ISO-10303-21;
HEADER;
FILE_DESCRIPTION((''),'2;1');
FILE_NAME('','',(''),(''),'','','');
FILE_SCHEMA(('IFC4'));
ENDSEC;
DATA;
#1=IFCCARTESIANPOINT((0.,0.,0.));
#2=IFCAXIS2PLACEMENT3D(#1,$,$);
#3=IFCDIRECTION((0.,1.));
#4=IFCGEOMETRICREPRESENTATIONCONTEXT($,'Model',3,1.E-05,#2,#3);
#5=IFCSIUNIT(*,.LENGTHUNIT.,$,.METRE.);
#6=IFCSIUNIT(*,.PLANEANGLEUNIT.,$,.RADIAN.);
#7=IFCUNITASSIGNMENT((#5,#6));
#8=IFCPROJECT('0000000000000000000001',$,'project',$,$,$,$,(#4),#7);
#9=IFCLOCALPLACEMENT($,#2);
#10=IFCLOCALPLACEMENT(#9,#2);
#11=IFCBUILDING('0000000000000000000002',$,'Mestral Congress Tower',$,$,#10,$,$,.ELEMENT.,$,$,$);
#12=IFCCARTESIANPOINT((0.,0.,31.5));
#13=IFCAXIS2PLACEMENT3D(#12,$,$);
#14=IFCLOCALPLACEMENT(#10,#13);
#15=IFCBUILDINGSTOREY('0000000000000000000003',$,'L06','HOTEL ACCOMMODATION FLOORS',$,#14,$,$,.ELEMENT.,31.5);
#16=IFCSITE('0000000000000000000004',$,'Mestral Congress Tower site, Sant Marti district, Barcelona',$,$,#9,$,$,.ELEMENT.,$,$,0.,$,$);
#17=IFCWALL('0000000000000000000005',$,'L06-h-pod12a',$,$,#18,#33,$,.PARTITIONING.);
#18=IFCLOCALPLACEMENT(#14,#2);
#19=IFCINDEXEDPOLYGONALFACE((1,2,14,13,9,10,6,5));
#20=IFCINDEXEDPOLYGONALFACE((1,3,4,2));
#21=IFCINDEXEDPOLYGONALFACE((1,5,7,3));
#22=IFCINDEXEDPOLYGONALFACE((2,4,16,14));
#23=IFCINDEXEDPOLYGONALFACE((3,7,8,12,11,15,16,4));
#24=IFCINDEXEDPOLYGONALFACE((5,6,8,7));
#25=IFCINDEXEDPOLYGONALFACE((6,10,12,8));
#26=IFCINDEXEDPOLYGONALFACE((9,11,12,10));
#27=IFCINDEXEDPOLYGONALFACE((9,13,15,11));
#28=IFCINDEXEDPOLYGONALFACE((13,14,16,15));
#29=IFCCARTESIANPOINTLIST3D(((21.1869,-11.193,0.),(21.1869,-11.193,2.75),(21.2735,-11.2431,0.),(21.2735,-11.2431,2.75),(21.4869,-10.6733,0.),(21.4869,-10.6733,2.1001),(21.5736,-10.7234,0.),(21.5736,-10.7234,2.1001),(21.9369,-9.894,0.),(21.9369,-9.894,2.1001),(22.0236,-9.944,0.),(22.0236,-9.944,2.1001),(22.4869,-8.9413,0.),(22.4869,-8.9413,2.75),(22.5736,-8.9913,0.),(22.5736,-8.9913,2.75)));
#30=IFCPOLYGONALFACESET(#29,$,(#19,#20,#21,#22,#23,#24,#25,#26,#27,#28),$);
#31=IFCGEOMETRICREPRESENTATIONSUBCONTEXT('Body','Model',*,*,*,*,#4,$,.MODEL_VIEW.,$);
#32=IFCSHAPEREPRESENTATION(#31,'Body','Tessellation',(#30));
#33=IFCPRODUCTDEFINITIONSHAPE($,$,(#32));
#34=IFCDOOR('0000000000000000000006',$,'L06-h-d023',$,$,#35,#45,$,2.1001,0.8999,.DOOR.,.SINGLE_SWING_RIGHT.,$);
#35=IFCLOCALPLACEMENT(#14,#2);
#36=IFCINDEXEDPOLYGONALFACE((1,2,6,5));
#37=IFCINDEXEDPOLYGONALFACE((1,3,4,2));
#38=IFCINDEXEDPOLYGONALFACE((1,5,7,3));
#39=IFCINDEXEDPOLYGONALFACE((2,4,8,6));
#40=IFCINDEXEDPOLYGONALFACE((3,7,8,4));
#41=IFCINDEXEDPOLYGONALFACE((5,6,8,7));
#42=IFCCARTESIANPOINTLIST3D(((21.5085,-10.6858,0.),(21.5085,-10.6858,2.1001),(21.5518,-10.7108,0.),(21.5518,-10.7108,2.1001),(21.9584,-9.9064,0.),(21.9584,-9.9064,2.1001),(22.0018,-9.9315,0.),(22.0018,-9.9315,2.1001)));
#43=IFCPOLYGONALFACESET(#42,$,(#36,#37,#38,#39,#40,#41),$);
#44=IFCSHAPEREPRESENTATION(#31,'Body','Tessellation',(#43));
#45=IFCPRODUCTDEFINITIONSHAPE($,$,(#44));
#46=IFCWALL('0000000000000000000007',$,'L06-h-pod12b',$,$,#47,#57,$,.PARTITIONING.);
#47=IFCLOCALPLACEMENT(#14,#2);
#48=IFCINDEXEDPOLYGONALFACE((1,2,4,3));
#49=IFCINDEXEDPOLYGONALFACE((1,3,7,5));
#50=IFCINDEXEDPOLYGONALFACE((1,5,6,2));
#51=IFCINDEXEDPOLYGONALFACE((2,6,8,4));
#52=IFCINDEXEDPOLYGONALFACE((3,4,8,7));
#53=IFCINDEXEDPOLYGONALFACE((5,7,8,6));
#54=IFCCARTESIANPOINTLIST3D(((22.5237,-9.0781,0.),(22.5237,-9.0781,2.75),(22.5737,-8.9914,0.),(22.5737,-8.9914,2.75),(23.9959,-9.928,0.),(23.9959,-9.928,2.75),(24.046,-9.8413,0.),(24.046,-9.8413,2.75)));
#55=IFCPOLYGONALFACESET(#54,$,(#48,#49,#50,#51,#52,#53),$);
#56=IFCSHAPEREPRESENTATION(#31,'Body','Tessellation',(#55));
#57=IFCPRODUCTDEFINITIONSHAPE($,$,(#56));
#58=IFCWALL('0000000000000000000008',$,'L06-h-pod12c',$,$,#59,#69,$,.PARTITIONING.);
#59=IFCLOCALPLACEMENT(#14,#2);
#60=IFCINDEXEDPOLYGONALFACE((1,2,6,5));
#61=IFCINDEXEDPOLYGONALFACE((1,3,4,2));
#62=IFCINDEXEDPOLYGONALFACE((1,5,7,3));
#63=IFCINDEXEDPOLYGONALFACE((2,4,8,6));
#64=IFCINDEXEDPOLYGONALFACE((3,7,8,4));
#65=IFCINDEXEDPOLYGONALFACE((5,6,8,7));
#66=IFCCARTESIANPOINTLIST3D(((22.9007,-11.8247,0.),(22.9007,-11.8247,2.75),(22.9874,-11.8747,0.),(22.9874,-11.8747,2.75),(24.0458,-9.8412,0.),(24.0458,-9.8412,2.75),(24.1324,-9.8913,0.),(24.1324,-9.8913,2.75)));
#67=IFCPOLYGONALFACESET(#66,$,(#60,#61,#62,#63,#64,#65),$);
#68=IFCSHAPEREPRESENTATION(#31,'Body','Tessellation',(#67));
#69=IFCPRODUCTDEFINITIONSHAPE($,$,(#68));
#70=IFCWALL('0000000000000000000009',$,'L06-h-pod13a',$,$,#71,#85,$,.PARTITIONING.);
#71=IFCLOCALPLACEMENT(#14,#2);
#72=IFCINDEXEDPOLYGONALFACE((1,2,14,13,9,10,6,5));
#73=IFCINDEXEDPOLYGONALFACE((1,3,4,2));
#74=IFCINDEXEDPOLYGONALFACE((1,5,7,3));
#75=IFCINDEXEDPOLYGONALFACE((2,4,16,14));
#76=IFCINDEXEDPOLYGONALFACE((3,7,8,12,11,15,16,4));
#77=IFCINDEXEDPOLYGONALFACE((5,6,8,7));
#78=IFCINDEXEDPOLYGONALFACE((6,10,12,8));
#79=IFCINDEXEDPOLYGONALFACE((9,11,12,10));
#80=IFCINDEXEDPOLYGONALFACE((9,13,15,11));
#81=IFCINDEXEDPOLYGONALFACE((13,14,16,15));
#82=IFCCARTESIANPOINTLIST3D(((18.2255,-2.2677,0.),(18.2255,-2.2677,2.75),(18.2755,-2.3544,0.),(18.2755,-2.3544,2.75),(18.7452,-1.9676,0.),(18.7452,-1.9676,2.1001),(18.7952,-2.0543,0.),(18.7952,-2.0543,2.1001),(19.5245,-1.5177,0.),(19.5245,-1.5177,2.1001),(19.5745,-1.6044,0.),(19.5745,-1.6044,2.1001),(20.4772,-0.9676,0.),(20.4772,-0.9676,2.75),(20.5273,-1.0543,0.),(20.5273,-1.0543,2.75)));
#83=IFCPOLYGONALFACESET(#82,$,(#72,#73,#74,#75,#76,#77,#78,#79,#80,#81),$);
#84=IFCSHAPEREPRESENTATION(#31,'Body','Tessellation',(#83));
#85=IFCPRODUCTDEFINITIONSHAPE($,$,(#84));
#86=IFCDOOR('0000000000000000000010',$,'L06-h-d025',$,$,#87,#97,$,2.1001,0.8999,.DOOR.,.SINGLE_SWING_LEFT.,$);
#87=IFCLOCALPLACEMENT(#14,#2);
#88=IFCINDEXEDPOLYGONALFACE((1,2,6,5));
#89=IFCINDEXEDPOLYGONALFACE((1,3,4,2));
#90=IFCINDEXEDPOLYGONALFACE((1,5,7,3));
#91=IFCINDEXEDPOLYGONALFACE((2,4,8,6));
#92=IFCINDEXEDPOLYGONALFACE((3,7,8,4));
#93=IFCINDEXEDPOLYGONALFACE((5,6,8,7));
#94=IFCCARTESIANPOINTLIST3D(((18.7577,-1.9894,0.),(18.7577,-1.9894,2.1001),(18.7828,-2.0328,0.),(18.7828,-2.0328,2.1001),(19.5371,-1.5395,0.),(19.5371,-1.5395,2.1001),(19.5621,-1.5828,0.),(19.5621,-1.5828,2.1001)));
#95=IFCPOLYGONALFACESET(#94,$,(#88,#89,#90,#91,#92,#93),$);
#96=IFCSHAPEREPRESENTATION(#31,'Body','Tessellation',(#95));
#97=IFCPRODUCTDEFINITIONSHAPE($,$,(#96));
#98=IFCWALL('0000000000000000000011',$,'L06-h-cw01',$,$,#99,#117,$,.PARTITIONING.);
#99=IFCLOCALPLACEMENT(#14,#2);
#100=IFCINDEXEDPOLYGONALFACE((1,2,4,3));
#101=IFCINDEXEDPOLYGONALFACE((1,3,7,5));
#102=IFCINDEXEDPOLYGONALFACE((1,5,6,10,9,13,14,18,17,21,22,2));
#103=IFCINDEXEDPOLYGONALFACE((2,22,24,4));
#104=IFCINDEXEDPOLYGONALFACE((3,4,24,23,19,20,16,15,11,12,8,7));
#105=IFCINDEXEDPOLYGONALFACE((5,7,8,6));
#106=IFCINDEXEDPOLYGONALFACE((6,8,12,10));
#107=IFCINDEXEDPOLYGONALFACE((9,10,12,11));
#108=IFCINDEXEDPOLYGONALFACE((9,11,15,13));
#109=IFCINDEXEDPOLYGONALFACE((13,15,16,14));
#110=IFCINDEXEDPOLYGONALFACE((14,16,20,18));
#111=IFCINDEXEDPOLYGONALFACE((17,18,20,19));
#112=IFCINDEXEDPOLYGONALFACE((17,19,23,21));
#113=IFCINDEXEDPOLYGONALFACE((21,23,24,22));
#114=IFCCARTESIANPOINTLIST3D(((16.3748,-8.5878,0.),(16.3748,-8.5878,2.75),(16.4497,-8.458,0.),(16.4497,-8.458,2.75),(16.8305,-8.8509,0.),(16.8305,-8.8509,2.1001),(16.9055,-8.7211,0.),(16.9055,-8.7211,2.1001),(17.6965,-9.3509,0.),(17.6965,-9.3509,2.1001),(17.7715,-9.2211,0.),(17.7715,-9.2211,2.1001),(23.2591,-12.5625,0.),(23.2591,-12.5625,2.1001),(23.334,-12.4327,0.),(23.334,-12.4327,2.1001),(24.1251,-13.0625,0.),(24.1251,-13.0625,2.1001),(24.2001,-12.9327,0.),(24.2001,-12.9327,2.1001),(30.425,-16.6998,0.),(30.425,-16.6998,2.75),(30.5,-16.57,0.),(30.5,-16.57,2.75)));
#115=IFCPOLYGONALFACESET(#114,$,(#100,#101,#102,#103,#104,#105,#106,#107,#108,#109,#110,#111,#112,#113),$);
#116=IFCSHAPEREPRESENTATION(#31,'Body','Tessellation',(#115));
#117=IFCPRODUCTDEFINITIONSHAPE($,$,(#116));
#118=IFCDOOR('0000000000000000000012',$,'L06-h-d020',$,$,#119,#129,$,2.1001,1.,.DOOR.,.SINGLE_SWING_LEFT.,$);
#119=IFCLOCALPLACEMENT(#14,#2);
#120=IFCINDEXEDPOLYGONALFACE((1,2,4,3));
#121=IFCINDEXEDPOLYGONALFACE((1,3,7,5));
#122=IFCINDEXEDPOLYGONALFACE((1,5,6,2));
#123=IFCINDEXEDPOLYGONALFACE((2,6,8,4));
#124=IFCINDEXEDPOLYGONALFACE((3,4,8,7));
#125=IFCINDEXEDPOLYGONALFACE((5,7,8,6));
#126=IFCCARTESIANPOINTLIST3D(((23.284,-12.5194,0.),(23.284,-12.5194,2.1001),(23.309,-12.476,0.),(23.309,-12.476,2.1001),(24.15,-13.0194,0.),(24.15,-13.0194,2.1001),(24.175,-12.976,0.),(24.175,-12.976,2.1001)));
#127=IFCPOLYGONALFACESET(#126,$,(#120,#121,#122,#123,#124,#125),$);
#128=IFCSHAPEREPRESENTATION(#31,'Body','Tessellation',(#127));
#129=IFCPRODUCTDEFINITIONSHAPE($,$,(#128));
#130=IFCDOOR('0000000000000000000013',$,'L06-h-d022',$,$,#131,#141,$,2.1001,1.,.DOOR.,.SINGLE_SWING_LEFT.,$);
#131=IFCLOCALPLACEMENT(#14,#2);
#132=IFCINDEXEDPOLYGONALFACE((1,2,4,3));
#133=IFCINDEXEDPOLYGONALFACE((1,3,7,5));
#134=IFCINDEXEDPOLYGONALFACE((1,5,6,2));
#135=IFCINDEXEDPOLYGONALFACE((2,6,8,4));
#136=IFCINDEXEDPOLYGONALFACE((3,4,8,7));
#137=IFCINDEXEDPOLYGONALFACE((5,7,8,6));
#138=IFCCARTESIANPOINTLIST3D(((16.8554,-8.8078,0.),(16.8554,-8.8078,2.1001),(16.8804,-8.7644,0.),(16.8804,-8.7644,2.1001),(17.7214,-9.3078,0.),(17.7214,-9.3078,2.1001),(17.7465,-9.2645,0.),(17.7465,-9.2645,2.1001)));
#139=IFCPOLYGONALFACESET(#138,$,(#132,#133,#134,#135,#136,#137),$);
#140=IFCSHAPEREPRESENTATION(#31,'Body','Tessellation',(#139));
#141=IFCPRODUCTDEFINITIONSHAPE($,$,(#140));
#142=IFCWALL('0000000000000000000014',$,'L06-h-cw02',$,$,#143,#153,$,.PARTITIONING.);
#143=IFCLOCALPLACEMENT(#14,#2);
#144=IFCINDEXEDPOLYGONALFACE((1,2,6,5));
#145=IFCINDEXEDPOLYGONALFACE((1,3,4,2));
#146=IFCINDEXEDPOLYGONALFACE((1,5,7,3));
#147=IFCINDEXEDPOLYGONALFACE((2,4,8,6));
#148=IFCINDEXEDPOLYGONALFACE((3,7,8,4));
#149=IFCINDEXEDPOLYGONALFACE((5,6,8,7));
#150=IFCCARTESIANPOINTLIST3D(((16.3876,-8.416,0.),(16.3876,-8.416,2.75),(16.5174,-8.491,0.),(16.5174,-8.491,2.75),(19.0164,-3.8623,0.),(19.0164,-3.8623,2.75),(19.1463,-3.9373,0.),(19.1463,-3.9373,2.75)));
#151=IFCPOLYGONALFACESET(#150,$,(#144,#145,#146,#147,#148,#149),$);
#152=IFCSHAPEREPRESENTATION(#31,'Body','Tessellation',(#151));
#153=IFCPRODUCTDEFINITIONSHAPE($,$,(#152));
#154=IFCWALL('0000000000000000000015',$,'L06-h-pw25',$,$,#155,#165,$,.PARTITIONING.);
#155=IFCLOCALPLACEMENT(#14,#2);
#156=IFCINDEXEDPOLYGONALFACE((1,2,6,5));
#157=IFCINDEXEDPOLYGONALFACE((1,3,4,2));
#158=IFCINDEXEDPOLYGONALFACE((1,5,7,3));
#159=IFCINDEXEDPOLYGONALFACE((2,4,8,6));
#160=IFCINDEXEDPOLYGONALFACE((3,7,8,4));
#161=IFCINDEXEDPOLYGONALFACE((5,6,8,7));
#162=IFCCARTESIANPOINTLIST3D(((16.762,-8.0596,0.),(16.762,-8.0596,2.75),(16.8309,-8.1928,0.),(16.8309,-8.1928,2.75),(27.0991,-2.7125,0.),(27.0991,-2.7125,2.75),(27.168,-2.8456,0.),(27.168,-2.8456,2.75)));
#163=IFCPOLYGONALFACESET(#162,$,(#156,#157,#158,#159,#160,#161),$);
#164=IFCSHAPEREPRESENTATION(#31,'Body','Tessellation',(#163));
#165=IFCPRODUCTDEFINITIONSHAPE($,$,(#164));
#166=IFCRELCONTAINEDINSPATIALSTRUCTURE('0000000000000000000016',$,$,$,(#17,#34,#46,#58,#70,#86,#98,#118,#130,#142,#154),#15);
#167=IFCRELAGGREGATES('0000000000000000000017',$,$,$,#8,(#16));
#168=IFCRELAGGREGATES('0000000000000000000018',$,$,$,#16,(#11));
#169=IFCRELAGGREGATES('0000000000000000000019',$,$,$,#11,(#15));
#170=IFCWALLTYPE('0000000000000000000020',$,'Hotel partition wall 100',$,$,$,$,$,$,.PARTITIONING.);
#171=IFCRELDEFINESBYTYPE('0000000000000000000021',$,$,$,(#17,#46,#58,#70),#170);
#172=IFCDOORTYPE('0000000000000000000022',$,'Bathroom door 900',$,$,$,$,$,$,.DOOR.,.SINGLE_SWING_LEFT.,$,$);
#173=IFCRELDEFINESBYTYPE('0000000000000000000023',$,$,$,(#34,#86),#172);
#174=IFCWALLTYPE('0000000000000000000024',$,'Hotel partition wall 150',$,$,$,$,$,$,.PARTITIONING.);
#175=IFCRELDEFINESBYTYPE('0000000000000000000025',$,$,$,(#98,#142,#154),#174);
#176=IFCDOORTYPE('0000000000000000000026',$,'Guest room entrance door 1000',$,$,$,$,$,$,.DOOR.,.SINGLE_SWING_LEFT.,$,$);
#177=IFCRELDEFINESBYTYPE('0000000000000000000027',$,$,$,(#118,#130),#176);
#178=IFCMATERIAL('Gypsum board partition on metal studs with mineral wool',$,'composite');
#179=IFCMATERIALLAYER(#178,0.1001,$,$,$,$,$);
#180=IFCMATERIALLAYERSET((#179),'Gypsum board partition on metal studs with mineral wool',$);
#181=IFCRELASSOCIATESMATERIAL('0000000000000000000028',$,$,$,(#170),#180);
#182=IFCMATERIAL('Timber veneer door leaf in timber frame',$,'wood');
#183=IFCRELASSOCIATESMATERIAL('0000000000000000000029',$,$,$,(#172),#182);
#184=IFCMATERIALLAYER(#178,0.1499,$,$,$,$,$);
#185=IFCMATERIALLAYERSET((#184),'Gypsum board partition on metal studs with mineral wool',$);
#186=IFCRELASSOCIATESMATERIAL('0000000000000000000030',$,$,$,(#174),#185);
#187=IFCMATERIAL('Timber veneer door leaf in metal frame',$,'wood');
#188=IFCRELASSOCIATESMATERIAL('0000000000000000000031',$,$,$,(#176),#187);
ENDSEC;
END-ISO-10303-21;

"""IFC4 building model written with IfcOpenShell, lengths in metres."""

from ifc_helpers import new_model, si_unit, direction, frame, frame_2d, origin, place, context, subcontext, project, spatial, rectangle, extrude, material, layer, layer_set, type_object, element, fill, save


model = new_model("IFC4")

# Units and contexts
model_context = context("Model", 3, precision=1e-05, world=origin(), true_north=direction((0.0, 1.0)))
body_context = subcontext(model_context, "Body", "Model", "MODEL_VIEW")
ifc_project = project(units=[si_unit("LENGTHUNIT", "METRE"), si_unit("PLANEANGLEUNIT", "RADIAN")], contexts=[model_context])

# Site, building, storey
site_placement = place(None, origin())
site = spatial("IfcSite", under=ifc_project, at=site_placement, Name="Mestral Congress Tower site, Sant Marti district, Barcelona", CompositionType="ELEMENT", RefElevation=0.0)
building_placement = place(site_placement, origin())
building = spatial("IfcBuilding", under=site, at=building_placement, Name="Mestral Congress Tower", CompositionType="ELEMENT")
storey_placement = place(building_placement, frame((0.0, 0.0, 31.5)))
storey = spatial("IfcBuildingStorey", under=building, at=storey_placement, Name="L06", Description="HOTEL ACCOMMODATION FLOORS", CompositionType="ELEMENT", Elevation=31.5)

# Shared definitions
ifc_material_1 = material(Name="Gypsum board partition on metal studs with mineral wool", Category="composite")
ifc_layer_1 = layer(ifc_material_1, 0.1001)
ifc_layer_set_1 = layer_set([ifc_layer_1], Name="Gypsum board partition on metal studs with mineral wool")
wall_type_1 = type_object("IfcWallType", Name="Hotel partition wall 100", PredefinedType="PARTITIONING", material=ifc_layer_set_1)
ifc_material_2 = material(Name="Timber veneer door leaf in timber frame", Category="wood")
door_type_1 = type_object("IfcDoorType", Name="Bathroom door 900", OperationType="SINGLE_SWING_LEFT", PredefinedType="DOOR", material=ifc_material_2)

# Wall, opening, door
wall_1_placement = place(storey_placement, frame((22.5303, -8.9663, 0.0), z_axis=(0.0, 0.0, 1.0), x_axis=(-0.500007, -0.866021, 0.0)))
wall_1 = element("IfcWall", 1, at=wall_1_placement, inside=storey, type_object=wall_type_1, Name="L06-h-pod12a", PredefinedType="PARTITIONING", context=body_context, shape_type="SweptSolid", body=[
    extrude(rectangle(XDim=2.6001, YDim=0.1001, at=frame_2d((1.3, 0.0))), origin(), (0.0, 0.0, 1.0), 2.75),
])
opening_1_placement = place(wall_1_placement, frame((1.1001, 0.0, 0.0)))
opening_1 = element("IfcOpeningElement", 2, at=opening_1_placement, cuts=wall_1, PredefinedType="OPENING", context=body_context, shape_type="SweptSolid", body=[
    extrude(rectangle(XDim=0.8999, YDim=2.1001, at=frame_2d((0.45, 1.05))), frame((0.0, 0.0601, 0.0), z_axis=(0.0, -1.0, 0.0), x_axis=(1.0, 0.0, 0.0)), (0.0, 0.0, 1.0), 0.1201),
])
door_1_placement = place(opening_1_placement, origin())
door_1 = element("IfcDoor", 3, at=door_1_placement, inside=storey, type_object=door_type_1, Name="L06-h-d023", OperationType="SINGLE_SWING_RIGHT", OverallHeight=2.1001, OverallWidth=0.8999, PredefinedType="DOOR", context=body_context, shape_type="SweptSolid", body=[
    extrude(rectangle(XDim=0.8999, YDim=2.1001, at=frame_2d((0.45, 1.05))), frame((0.0, 0.0249, 0.0), z_axis=(0.0, -1.0, 0.0), x_axis=(1.0, 0.0, 0.0)), (0.0, 0.0, 1.0), 0.05),
])
fill(opening_1, door_1)

# Walls
wall_2_placement = place(storey_placement, frame((22.5486, -9.0347, 0.0), z_axis=(0.0, 0.0, 1.0), x_axis=(0.866052, -0.499955, 0.0)))
element("IfcWall", 4, at=wall_2_placement, inside=storey, type_object=wall_type_1, Name="L06-h-pod12b", PredefinedType="PARTITIONING", context=body_context, shape_type="SweptSolid", body=[
    extrude(rectangle(XDim=1.7, YDim=0.1001, at=frame_2d((0.8501, 0.0))), origin(), (0.0, 0.0, 1.0), 2.75),
])
wall_3_placement = place(storey_placement, frame((22.9441, -11.8496, 0.0), z_axis=(0.0, 0.0, 1.0), x_axis=(0.499969, 0.866044, 0.0)))
element("IfcWall", 5, at=wall_3_placement, inside=storey, type_object=wall_type_1, Name="L06-h-pod12c", PredefinedType="PARTITIONING", context=body_context, shape_type="SweptSolid", body=[
    extrude(rectangle(XDim=2.2903, YDim=0.1001, at=frame_2d((1.145, 0.0))), origin(), (0.0, 0.0, 1.0), 2.75),
])

# Wall, opening, door
wall_4_placement = place(storey_placement, frame((18.2505, -2.311, 0.0), z_axis=(0.0, 0.0, 1.0), x_axis=(0.866021, 0.500007, 0.0)))
wall_4 = element("IfcWall", 6, at=wall_4_placement, inside=storey, type_object=wall_type_1, Name="L06-h-pod13a", PredefinedType="PARTITIONING", context=body_context, shape_type="SweptSolid", body=[
    extrude(rectangle(XDim=2.6001, YDim=0.1001, at=frame_2d((1.3, 0.0))), origin(), (0.0, 0.0, 1.0), 2.75),
])
opening_2_placement = place(wall_4_placement, frame((0.6001, 0.0, 0.0)))
opening_2 = element("IfcOpeningElement", 7, at=opening_2_placement, cuts=wall_4, PredefinedType="OPENING", context=body_context, shape_type="SweptSolid", body=[
    extrude(rectangle(XDim=0.8999, YDim=2.1001, at=frame_2d((0.45, 1.05))), frame((0.0, 0.0601, 0.0), z_axis=(0.0, -1.0, 0.0), x_axis=(1.0, 0.0, 0.0)), (0.0, 0.0, 1.0), 0.1201),
])
door_2_placement = place(opening_2_placement, origin())
door_2 = element("IfcDoor", 8, at=door_2_placement, inside=storey, type_object=door_type_1, Name="L06-h-d025", OperationType="SINGLE_SWING_LEFT", OverallHeight=2.1001, OverallWidth=0.8999, PredefinedType="DOOR", context=body_context, shape_type="SweptSolid", body=[
    extrude(rectangle(XDim=0.8999, YDim=2.1001, at=frame_2d((0.45, 1.05))), frame((0.0, 0.0249, 0.0), z_axis=(0.0, -1.0, 0.0), x_axis=(1.0, 0.0, 0.0)), (0.0, 0.0, 1.0), 0.05),
])
fill(opening_2, door_2)

# Wall, openings, doors
ifc_layer_2 = layer(ifc_material_1, 0.1499)
ifc_layer_set_2 = layer_set([ifc_layer_2], Name="Gypsum board partition on metal studs with mineral wool")
wall_type_2 = type_object("IfcWallType", Name="Hotel partition wall 150", PredefinedType="PARTITIONING", material=ifc_layer_set_2)
wall_5_placement = place(storey_placement, frame((16.4124, -8.5229, 0.0), z_axis=(0.0, 0.0, 1.0), x_axis=(0.866022, -0.500006, 0.0)))
wall_5 = element("IfcWall", 9, at=wall_5_placement, inside=storey, type_object=wall_type_2, Name="L06-h-cw01", PredefinedType="PARTITIONING", context=body_context, shape_type="SweptSolid", body=[
    extrude(rectangle(XDim=16.2239, YDim=0.1499, at=frame_2d((8.1118, 0.0))), origin(), (0.0, 0.0, 1.0), 2.75),
])
opening_3_placement = place(wall_5_placement, frame((7.9492, 0.0, 0.0)))
opening_3 = element("IfcOpeningElement", 10, at=opening_3_placement, cuts=wall_5, PredefinedType="OPENING", context=body_context, shape_type="SweptSolid", body=[
    extrude(rectangle(XDim=1.0, YDim=2.1001, at=frame_2d((0.5, 1.05))), frame((0.0, 0.085, 0.0), z_axis=(0.0, -1.0, 0.0), x_axis=(1.0, 0.0, 0.0)), (0.0, 0.0, 1.0), 0.1699),
])
opening_4_placement = place(wall_5_placement, frame((0.5261, 0.0, 0.0)))
opening_4 = element("IfcOpeningElement", 11, at=opening_4_placement, cuts=wall_5, PredefinedType="OPENING", context=body_context, shape_type="SweptSolid", body=[
    extrude(rectangle(XDim=1.0, YDim=2.1001, at=frame_2d((0.5, 1.05))), frame((0.0, 0.085, 0.0), z_axis=(0.0, -1.0, 0.0), x_axis=(1.0, 0.0, 0.0)), (0.0, 0.0, 1.0), 0.1699),
])
ifc_material_3 = material(Name="Timber veneer door leaf in metal frame", Category="wood")
door_type_2 = type_object("IfcDoorType", Name="Guest room entrance door 1000", OperationType="SINGLE_SWING_LEFT", PredefinedType="DOOR", material=ifc_material_3)
door_3_placement = place(opening_3_placement, origin())
door_3 = element("IfcDoor", 12, at=door_3_placement, inside=storey, type_object=door_type_2, Name="L06-h-d020", OperationType="SINGLE_SWING_LEFT", OverallHeight=2.1001, OverallWidth=1.0, PredefinedType="DOOR", context=body_context, shape_type="SweptSolid", body=[
    extrude(rectangle(XDim=1.0, YDim=2.1001, at=frame_2d((0.5, 1.05))), frame((0.0, 0.0249, 0.0), z_axis=(0.0, -1.0, 0.0), x_axis=(1.0, 0.0, 0.0)), (0.0, 0.0, 1.0), 0.05),
])
fill(opening_3, door_3)
door_4_placement = place(opening_4_placement, origin())
door_4 = element("IfcDoor", 13, at=door_4_placement, inside=storey, type_object=door_type_2, Name="L06-h-d022", OperationType="SINGLE_SWING_LEFT", OverallHeight=2.1001, OverallWidth=1.0, PredefinedType="DOOR", context=body_context, shape_type="SweptSolid", body=[
    extrude(rectangle(XDim=1.0, YDim=2.1001, at=frame_2d((0.5, 1.05))), frame((0.0, 0.0249, 0.0), z_axis=(0.0, -1.0, 0.0), x_axis=(1.0, 0.0, 0.0)), (0.0, 0.0, 1.0), 0.05),
])
fill(opening_4, door_4)

# Walls
wall_6_placement = place(storey_placement, frame((19.0813, -3.8999, 0.0), z_axis=(0.0, 0.0, 1.0), x_axis=(-0.499974, -0.86604, 0.0)))
element("IfcWall", 14, at=wall_6_placement, inside=storey, type_object=wall_type_2, Name="L06-h-cw02", PredefinedType="PARTITIONING", context=body_context, shape_type="SweptSolid", body=[
    extrude(rectangle(XDim=5.2581, YDim=0.1499, at=frame_2d((2.6289, 0.0))), origin(), (0.0, 0.0, 1.0), 2.75),
])
wall_7_placement = place(storey_placement, frame((27.1335, -2.7791, 0.0), z_axis=(0.0, 0.0, 1.0), x_axis=(-0.888205, -0.459447, 0.0)))
element("IfcWall", 15, at=wall_7_placement, inside=storey, type_object=wall_type_2, Name="L06-h-pw25", PredefinedType="PARTITIONING", context=body_context, shape_type="SweptSolid", body=[
    extrude(rectangle(XDim=11.6382, YDim=0.1499, at=frame_2d((5.8191, 0.0))), origin(), (0.0, 0.0, 1.0), 2.75),
])

save(model, "model.ifc")
